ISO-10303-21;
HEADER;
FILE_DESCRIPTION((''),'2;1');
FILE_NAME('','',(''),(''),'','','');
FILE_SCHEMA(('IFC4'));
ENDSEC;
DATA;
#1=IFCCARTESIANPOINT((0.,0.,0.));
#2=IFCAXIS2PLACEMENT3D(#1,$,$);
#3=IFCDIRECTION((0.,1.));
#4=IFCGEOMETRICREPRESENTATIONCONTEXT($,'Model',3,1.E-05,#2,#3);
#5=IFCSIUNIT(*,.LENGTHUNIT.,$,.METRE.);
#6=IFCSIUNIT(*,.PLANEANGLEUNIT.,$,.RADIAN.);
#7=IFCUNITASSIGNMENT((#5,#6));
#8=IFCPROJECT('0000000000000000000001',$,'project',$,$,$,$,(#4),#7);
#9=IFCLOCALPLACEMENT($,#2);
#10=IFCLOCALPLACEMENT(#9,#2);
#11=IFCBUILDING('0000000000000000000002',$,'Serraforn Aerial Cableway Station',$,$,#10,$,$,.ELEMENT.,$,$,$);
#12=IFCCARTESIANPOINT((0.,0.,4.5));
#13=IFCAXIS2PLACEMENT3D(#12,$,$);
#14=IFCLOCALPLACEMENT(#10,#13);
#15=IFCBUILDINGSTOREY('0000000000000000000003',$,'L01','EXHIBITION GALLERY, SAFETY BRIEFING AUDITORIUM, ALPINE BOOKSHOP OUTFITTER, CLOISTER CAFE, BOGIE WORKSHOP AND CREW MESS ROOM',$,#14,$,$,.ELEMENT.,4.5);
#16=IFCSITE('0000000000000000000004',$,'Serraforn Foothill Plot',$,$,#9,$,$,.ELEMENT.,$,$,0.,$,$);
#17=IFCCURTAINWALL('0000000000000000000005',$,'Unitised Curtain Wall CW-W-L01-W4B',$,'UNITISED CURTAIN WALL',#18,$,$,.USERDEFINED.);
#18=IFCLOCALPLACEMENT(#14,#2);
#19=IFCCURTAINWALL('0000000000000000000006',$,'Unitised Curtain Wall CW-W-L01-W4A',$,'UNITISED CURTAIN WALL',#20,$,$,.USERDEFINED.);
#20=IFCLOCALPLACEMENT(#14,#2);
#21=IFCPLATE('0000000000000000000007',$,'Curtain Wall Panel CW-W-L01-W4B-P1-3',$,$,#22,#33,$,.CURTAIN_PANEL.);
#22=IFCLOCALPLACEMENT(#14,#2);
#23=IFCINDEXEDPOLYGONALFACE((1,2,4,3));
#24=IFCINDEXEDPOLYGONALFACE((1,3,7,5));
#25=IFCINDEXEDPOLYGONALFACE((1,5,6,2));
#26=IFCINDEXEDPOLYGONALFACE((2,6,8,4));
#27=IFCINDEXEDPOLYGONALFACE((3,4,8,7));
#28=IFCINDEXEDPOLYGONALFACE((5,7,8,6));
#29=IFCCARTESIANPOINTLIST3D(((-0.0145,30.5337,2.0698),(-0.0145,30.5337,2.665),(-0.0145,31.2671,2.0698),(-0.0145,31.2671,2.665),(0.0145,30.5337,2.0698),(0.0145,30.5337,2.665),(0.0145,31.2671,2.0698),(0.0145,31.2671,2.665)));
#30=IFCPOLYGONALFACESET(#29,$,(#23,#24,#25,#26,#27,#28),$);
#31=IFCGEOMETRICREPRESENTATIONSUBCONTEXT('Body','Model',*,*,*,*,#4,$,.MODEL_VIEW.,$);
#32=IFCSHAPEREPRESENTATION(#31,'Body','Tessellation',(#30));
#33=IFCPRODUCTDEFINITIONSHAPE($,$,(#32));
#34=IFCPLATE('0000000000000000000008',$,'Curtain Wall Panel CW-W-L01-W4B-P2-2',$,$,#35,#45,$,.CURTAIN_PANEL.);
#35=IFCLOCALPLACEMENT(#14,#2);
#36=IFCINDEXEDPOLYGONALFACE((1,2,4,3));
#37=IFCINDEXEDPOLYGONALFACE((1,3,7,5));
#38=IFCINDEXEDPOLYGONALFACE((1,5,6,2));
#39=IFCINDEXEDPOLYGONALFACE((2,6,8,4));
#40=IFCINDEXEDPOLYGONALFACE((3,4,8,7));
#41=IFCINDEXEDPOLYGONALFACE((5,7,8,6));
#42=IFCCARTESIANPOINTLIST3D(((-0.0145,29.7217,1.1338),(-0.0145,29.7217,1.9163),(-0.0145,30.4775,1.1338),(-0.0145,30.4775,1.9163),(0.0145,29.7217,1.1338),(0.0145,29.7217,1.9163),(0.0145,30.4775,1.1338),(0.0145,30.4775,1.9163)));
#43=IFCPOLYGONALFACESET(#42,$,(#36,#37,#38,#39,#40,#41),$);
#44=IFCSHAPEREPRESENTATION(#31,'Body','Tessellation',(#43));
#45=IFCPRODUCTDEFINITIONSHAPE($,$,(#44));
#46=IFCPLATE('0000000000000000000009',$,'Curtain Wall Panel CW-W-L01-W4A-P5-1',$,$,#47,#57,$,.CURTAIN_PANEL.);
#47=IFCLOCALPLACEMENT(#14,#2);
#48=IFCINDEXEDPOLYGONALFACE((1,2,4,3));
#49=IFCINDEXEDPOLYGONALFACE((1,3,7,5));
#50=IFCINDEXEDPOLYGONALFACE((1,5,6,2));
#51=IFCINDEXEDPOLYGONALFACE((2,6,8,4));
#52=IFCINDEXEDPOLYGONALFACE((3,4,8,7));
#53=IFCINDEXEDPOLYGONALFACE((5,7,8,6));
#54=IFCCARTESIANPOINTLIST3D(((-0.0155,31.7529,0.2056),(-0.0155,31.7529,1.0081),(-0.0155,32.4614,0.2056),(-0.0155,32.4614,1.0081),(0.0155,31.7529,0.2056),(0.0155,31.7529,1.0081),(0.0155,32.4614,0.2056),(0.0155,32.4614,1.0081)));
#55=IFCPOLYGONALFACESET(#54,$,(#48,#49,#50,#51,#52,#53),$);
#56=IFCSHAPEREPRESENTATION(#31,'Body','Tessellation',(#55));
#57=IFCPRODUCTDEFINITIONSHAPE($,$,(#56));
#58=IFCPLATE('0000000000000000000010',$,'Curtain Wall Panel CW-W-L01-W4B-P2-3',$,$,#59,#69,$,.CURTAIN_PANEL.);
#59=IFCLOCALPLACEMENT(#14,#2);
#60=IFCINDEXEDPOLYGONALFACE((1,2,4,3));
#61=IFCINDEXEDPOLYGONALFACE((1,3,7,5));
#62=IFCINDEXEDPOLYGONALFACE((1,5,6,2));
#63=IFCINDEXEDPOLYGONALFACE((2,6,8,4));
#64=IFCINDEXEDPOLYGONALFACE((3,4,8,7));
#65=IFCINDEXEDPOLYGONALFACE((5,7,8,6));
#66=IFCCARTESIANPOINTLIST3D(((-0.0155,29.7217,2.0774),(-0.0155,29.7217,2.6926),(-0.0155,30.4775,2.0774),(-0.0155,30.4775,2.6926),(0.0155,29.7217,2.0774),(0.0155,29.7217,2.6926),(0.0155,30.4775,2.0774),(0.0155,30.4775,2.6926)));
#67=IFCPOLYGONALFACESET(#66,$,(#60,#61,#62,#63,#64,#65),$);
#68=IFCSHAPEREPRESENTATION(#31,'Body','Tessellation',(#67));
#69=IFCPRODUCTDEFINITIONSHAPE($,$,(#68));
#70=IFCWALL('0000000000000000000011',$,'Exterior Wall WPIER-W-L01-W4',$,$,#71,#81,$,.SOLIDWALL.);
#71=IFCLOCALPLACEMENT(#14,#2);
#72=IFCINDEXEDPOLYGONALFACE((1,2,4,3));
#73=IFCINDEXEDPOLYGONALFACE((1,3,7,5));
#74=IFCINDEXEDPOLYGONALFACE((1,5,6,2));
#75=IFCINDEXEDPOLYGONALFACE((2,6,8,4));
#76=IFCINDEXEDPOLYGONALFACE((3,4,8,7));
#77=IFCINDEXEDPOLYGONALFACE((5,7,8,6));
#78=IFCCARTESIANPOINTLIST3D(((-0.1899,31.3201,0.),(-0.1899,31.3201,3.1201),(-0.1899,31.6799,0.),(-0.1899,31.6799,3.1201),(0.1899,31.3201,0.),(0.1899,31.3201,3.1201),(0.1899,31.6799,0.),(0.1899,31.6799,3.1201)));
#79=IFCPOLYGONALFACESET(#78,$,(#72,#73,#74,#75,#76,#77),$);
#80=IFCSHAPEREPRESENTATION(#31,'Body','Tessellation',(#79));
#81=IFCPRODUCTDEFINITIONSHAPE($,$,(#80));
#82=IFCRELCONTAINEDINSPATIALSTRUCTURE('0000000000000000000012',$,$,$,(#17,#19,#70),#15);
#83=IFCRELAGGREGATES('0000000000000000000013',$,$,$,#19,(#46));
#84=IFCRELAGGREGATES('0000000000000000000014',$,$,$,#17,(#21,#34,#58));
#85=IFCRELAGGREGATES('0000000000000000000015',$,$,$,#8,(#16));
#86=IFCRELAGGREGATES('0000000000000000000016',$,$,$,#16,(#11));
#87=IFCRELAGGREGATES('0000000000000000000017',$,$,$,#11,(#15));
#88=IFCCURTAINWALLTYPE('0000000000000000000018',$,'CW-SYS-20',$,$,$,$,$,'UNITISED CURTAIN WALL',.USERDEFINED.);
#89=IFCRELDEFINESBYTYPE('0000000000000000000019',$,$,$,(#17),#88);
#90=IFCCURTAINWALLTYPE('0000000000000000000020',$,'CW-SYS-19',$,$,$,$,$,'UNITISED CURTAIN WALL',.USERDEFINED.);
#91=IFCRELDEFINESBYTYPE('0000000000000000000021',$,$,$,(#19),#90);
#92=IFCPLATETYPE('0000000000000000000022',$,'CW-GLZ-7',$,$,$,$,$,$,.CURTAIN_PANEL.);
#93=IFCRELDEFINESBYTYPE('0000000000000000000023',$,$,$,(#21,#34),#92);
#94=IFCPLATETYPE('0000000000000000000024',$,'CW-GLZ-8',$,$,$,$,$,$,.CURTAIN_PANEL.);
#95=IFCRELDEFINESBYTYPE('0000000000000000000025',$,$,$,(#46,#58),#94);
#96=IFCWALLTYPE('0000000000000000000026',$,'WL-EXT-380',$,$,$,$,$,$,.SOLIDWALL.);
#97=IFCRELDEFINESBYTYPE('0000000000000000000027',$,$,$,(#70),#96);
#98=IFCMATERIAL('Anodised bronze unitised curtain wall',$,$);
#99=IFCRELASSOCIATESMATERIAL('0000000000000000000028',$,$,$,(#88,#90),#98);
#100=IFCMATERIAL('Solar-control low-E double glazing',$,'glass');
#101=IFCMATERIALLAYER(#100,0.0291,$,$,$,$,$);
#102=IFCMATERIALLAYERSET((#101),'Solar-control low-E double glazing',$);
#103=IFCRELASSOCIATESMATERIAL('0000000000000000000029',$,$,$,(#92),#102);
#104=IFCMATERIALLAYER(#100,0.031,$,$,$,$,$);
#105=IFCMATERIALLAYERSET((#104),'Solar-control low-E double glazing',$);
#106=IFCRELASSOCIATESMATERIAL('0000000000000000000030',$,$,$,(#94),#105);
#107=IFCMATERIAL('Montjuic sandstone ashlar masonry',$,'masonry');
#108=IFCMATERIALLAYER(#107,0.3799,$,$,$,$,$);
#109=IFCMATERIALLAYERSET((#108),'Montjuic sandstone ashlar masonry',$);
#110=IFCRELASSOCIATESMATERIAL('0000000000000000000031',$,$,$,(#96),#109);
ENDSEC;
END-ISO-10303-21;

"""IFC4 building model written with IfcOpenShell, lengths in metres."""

from ifc_helpers import new_model, si_unit, direction, frame, frame_2d, origin, origin_2d, place, context, subcontext, project, spatial, rectangle, extrude, material, layer, layer_set, type_object, element, aggregate, save


model = new_model("IFC4")

# Units and contexts
model_context = context("Model", 3, precision=1e-05, world=origin(), true_north=direction((0.0, 1.0)))
body_context = subcontext(model_context, "Body", "Model", "MODEL_VIEW")
ifc_project = project(units=[si_unit("LENGTHUNIT", "METRE"), si_unit("PLANEANGLEUNIT", "RADIAN")], contexts=[model_context])

# Site, building, storey
site_placement = place(None, origin())
site = spatial("IfcSite", under=ifc_project, at=site_placement, Name="Serraforn Foothill Plot", CompositionType="ELEMENT", RefElevation=0.0)
building_placement = place(site_placement, origin())
building = spatial("IfcBuilding", under=site, at=building_placement, Name="Serraforn Aerial Cableway Station", CompositionType="ELEMENT")
storey_placement = place(building_placement, frame((0.0, 0.0, 4.5)))
storey = spatial("IfcBuildingStorey", under=building, at=storey_placement, Name="L01", Description="EXHIBITION GALLERY, SAFETY BRIEFING AUDITORIUM, ALPINE BOOKSHOP OUTFITTER, CLOISTER CAFE, BOGIE WORKSHOP AND CREW MESS ROOM", CompositionType="ELEMENT", Elevation=4.5)

# Curtain walls
ifc_material_1 = material(Name="Anodised bronze unitised curtain wall")
curtain_wall_type_1 = type_object("IfcCurtainWallType", Name="CW-SYS-20", ElementType="UNITISED CURTAIN WALL", PredefinedType="USERDEFINED", material=ifc_material_1)
curtain_wall_1_placement = place(storey_placement, origin())
curtain_wall_1 = element("IfcCurtainWall", 1, at=curtain_wall_1_placement, inside=storey, type_object=curtain_wall_type_1, Name="Unitised Curtain Wall CW-W-L01-W4B", ObjectType="UNITISED CURTAIN WALL", PredefinedType="USERDEFINED")
curtain_wall_type_2 = type_object("IfcCurtainWallType", Name="CW-SYS-19", ElementType="UNITISED CURTAIN WALL", PredefinedType="USERDEFINED", material=ifc_material_1)
curtain_wall_2_placement = place(storey_placement, origin())
curtain_wall_2 = element("IfcCurtainWall", 2, at=curtain_wall_2_placement, inside=storey, type_object=curtain_wall_type_2, Name="Unitised Curtain Wall CW-W-L01-W4A", ObjectType="UNITISED CURTAIN WALL", PredefinedType="USERDEFINED")

# Plates
ifc_material_2 = material(Name="Solar-control low-E double glazing", Category="glass")
ifc_layer_1 = layer(ifc_material_2, 0.0291)
ifc_layer_set_1 = layer_set([ifc_layer_1], Name="Solar-control low-E double glazing")
plate_type_1 = type_object("IfcPlateType", Name="CW-GLZ-7", PredefinedType="CURTAIN_PANEL", material=ifc_layer_set_1)
plate_1_placement = place(storey_placement, frame((0.0, 30.9004, 2.0698), z_axis=(0.0, 0.0, 1.0), x_axis=(1.0, 0.0, 0.0)))
plate_1 = element("IfcPlate", 3, at=plate_1_placement, type_object=plate_type_1, Name="Curtain Wall Panel CW-W-L01-W4B-P1-3", PredefinedType="CURTAIN_PANEL", context=body_context, shape_type="SweptSolid", body=[
    extrude(rectangle(XDim=0.0291, YDim=0.7334, at=origin_2d()), origin(), (0.0, 0.0, 1.0), 0.5952),
])
plate_2_placement = place(storey_placement, frame((0.0, 30.0996, 1.1338), z_axis=(0.0, 0.0, 1.0), x_axis=(1.0, 0.0, 0.0)))
plate_2 = element("IfcPlate", 4, at=plate_2_placement, type_object=plate_type_1, Name="Curtain Wall Panel CW-W-L01-W4B-P2-2", PredefinedType="CURTAIN_PANEL", context=body_context, shape_type="SweptSolid", body=[
    extrude(rectangle(XDim=0.0291, YDim=0.7559, at=origin_2d()), origin(), (0.0, 0.0, 1.0), 0.7825),
])
ifc_layer_2 = layer(ifc_material_2, 0.031)
ifc_layer_set_2 = layer_set([ifc_layer_2], Name="Solar-control low-E double glazing")
plate_type_2 = type_object("IfcPlateType", Name="CW-GLZ-8", PredefinedType="CURTAIN_PANEL", material=ifc_layer_set_2)
plate_3_placement = place(storey_placement, frame((0.0, 32.1072, 0.2056), z_axis=(0.0, 0.0, 1.0), x_axis=(1.0, 0.0, 0.0)))
plate_3 = element("IfcPlate", 5, at=plate_3_placement, type_object=plate_type_2, Name="Curtain Wall Panel CW-W-L01-W4A-P5-1", PredefinedType="CURTAIN_PANEL", context=body_context, shape_type="SweptSolid", body=[
    extrude(rectangle(XDim=0.031, YDim=0.7085, at=origin_2d()), origin(), (0.0, 0.0, 1.0), 0.8025),
])
aggregate(curtain_wall_2, [plate_3])
plate_4_placement = place(storey_placement, frame((0.0, 30.0996, 2.0774), z_axis=(0.0, 0.0, 1.0), x_axis=(1.0, 0.0, 0.0)))
plate_4 = element("IfcPlate", 6, at=plate_4_placement, type_object=plate_type_2, Name="Curtain Wall Panel CW-W-L01-W4B-P2-3", PredefinedType="CURTAIN_PANEL", context=body_context, shape_type="SweptSolid", body=[
    extrude(rectangle(XDim=0.031, YDim=0.7559, at=origin_2d()), origin(), (0.0, 0.0, 1.0), 0.6152),
])
aggregate(curtain_wall_1, [plate_1, plate_2, plate_4])

# Wall
ifc_material_3 = material(Name="Montjuic sandstone ashlar masonry", Category="masonry")
ifc_layer_3 = layer(ifc_material_3, 0.3799)
ifc_layer_set_3 = layer_set([ifc_layer_3], Name="Montjuic sandstone ashlar masonry")
wall_type = type_object("IfcWallType", Name="WL-EXT-380", PredefinedType="SOLIDWALL", material=ifc_layer_set_3)
wall_placement = place(storey_placement, frame((0.0, 31.6799, 0.0), z_axis=(0.0, 0.0, 1.0), x_axis=(0.0, -1.0, 0.0)))
element("IfcWall", 7, at=wall_placement, inside=storey, type_object=wall_type, Name="Exterior Wall WPIER-W-L01-W4", PredefinedType="SOLIDWALL", context=body_context, shape_type="SweptSolid", body=[
    extrude(rectangle(XDim=0.3599, YDim=0.3799, at=frame_2d((0.1799, 0.0))), origin(), (0.0, 0.0, 1.0), 3.1201),
])

save(model, "model.ifc")
